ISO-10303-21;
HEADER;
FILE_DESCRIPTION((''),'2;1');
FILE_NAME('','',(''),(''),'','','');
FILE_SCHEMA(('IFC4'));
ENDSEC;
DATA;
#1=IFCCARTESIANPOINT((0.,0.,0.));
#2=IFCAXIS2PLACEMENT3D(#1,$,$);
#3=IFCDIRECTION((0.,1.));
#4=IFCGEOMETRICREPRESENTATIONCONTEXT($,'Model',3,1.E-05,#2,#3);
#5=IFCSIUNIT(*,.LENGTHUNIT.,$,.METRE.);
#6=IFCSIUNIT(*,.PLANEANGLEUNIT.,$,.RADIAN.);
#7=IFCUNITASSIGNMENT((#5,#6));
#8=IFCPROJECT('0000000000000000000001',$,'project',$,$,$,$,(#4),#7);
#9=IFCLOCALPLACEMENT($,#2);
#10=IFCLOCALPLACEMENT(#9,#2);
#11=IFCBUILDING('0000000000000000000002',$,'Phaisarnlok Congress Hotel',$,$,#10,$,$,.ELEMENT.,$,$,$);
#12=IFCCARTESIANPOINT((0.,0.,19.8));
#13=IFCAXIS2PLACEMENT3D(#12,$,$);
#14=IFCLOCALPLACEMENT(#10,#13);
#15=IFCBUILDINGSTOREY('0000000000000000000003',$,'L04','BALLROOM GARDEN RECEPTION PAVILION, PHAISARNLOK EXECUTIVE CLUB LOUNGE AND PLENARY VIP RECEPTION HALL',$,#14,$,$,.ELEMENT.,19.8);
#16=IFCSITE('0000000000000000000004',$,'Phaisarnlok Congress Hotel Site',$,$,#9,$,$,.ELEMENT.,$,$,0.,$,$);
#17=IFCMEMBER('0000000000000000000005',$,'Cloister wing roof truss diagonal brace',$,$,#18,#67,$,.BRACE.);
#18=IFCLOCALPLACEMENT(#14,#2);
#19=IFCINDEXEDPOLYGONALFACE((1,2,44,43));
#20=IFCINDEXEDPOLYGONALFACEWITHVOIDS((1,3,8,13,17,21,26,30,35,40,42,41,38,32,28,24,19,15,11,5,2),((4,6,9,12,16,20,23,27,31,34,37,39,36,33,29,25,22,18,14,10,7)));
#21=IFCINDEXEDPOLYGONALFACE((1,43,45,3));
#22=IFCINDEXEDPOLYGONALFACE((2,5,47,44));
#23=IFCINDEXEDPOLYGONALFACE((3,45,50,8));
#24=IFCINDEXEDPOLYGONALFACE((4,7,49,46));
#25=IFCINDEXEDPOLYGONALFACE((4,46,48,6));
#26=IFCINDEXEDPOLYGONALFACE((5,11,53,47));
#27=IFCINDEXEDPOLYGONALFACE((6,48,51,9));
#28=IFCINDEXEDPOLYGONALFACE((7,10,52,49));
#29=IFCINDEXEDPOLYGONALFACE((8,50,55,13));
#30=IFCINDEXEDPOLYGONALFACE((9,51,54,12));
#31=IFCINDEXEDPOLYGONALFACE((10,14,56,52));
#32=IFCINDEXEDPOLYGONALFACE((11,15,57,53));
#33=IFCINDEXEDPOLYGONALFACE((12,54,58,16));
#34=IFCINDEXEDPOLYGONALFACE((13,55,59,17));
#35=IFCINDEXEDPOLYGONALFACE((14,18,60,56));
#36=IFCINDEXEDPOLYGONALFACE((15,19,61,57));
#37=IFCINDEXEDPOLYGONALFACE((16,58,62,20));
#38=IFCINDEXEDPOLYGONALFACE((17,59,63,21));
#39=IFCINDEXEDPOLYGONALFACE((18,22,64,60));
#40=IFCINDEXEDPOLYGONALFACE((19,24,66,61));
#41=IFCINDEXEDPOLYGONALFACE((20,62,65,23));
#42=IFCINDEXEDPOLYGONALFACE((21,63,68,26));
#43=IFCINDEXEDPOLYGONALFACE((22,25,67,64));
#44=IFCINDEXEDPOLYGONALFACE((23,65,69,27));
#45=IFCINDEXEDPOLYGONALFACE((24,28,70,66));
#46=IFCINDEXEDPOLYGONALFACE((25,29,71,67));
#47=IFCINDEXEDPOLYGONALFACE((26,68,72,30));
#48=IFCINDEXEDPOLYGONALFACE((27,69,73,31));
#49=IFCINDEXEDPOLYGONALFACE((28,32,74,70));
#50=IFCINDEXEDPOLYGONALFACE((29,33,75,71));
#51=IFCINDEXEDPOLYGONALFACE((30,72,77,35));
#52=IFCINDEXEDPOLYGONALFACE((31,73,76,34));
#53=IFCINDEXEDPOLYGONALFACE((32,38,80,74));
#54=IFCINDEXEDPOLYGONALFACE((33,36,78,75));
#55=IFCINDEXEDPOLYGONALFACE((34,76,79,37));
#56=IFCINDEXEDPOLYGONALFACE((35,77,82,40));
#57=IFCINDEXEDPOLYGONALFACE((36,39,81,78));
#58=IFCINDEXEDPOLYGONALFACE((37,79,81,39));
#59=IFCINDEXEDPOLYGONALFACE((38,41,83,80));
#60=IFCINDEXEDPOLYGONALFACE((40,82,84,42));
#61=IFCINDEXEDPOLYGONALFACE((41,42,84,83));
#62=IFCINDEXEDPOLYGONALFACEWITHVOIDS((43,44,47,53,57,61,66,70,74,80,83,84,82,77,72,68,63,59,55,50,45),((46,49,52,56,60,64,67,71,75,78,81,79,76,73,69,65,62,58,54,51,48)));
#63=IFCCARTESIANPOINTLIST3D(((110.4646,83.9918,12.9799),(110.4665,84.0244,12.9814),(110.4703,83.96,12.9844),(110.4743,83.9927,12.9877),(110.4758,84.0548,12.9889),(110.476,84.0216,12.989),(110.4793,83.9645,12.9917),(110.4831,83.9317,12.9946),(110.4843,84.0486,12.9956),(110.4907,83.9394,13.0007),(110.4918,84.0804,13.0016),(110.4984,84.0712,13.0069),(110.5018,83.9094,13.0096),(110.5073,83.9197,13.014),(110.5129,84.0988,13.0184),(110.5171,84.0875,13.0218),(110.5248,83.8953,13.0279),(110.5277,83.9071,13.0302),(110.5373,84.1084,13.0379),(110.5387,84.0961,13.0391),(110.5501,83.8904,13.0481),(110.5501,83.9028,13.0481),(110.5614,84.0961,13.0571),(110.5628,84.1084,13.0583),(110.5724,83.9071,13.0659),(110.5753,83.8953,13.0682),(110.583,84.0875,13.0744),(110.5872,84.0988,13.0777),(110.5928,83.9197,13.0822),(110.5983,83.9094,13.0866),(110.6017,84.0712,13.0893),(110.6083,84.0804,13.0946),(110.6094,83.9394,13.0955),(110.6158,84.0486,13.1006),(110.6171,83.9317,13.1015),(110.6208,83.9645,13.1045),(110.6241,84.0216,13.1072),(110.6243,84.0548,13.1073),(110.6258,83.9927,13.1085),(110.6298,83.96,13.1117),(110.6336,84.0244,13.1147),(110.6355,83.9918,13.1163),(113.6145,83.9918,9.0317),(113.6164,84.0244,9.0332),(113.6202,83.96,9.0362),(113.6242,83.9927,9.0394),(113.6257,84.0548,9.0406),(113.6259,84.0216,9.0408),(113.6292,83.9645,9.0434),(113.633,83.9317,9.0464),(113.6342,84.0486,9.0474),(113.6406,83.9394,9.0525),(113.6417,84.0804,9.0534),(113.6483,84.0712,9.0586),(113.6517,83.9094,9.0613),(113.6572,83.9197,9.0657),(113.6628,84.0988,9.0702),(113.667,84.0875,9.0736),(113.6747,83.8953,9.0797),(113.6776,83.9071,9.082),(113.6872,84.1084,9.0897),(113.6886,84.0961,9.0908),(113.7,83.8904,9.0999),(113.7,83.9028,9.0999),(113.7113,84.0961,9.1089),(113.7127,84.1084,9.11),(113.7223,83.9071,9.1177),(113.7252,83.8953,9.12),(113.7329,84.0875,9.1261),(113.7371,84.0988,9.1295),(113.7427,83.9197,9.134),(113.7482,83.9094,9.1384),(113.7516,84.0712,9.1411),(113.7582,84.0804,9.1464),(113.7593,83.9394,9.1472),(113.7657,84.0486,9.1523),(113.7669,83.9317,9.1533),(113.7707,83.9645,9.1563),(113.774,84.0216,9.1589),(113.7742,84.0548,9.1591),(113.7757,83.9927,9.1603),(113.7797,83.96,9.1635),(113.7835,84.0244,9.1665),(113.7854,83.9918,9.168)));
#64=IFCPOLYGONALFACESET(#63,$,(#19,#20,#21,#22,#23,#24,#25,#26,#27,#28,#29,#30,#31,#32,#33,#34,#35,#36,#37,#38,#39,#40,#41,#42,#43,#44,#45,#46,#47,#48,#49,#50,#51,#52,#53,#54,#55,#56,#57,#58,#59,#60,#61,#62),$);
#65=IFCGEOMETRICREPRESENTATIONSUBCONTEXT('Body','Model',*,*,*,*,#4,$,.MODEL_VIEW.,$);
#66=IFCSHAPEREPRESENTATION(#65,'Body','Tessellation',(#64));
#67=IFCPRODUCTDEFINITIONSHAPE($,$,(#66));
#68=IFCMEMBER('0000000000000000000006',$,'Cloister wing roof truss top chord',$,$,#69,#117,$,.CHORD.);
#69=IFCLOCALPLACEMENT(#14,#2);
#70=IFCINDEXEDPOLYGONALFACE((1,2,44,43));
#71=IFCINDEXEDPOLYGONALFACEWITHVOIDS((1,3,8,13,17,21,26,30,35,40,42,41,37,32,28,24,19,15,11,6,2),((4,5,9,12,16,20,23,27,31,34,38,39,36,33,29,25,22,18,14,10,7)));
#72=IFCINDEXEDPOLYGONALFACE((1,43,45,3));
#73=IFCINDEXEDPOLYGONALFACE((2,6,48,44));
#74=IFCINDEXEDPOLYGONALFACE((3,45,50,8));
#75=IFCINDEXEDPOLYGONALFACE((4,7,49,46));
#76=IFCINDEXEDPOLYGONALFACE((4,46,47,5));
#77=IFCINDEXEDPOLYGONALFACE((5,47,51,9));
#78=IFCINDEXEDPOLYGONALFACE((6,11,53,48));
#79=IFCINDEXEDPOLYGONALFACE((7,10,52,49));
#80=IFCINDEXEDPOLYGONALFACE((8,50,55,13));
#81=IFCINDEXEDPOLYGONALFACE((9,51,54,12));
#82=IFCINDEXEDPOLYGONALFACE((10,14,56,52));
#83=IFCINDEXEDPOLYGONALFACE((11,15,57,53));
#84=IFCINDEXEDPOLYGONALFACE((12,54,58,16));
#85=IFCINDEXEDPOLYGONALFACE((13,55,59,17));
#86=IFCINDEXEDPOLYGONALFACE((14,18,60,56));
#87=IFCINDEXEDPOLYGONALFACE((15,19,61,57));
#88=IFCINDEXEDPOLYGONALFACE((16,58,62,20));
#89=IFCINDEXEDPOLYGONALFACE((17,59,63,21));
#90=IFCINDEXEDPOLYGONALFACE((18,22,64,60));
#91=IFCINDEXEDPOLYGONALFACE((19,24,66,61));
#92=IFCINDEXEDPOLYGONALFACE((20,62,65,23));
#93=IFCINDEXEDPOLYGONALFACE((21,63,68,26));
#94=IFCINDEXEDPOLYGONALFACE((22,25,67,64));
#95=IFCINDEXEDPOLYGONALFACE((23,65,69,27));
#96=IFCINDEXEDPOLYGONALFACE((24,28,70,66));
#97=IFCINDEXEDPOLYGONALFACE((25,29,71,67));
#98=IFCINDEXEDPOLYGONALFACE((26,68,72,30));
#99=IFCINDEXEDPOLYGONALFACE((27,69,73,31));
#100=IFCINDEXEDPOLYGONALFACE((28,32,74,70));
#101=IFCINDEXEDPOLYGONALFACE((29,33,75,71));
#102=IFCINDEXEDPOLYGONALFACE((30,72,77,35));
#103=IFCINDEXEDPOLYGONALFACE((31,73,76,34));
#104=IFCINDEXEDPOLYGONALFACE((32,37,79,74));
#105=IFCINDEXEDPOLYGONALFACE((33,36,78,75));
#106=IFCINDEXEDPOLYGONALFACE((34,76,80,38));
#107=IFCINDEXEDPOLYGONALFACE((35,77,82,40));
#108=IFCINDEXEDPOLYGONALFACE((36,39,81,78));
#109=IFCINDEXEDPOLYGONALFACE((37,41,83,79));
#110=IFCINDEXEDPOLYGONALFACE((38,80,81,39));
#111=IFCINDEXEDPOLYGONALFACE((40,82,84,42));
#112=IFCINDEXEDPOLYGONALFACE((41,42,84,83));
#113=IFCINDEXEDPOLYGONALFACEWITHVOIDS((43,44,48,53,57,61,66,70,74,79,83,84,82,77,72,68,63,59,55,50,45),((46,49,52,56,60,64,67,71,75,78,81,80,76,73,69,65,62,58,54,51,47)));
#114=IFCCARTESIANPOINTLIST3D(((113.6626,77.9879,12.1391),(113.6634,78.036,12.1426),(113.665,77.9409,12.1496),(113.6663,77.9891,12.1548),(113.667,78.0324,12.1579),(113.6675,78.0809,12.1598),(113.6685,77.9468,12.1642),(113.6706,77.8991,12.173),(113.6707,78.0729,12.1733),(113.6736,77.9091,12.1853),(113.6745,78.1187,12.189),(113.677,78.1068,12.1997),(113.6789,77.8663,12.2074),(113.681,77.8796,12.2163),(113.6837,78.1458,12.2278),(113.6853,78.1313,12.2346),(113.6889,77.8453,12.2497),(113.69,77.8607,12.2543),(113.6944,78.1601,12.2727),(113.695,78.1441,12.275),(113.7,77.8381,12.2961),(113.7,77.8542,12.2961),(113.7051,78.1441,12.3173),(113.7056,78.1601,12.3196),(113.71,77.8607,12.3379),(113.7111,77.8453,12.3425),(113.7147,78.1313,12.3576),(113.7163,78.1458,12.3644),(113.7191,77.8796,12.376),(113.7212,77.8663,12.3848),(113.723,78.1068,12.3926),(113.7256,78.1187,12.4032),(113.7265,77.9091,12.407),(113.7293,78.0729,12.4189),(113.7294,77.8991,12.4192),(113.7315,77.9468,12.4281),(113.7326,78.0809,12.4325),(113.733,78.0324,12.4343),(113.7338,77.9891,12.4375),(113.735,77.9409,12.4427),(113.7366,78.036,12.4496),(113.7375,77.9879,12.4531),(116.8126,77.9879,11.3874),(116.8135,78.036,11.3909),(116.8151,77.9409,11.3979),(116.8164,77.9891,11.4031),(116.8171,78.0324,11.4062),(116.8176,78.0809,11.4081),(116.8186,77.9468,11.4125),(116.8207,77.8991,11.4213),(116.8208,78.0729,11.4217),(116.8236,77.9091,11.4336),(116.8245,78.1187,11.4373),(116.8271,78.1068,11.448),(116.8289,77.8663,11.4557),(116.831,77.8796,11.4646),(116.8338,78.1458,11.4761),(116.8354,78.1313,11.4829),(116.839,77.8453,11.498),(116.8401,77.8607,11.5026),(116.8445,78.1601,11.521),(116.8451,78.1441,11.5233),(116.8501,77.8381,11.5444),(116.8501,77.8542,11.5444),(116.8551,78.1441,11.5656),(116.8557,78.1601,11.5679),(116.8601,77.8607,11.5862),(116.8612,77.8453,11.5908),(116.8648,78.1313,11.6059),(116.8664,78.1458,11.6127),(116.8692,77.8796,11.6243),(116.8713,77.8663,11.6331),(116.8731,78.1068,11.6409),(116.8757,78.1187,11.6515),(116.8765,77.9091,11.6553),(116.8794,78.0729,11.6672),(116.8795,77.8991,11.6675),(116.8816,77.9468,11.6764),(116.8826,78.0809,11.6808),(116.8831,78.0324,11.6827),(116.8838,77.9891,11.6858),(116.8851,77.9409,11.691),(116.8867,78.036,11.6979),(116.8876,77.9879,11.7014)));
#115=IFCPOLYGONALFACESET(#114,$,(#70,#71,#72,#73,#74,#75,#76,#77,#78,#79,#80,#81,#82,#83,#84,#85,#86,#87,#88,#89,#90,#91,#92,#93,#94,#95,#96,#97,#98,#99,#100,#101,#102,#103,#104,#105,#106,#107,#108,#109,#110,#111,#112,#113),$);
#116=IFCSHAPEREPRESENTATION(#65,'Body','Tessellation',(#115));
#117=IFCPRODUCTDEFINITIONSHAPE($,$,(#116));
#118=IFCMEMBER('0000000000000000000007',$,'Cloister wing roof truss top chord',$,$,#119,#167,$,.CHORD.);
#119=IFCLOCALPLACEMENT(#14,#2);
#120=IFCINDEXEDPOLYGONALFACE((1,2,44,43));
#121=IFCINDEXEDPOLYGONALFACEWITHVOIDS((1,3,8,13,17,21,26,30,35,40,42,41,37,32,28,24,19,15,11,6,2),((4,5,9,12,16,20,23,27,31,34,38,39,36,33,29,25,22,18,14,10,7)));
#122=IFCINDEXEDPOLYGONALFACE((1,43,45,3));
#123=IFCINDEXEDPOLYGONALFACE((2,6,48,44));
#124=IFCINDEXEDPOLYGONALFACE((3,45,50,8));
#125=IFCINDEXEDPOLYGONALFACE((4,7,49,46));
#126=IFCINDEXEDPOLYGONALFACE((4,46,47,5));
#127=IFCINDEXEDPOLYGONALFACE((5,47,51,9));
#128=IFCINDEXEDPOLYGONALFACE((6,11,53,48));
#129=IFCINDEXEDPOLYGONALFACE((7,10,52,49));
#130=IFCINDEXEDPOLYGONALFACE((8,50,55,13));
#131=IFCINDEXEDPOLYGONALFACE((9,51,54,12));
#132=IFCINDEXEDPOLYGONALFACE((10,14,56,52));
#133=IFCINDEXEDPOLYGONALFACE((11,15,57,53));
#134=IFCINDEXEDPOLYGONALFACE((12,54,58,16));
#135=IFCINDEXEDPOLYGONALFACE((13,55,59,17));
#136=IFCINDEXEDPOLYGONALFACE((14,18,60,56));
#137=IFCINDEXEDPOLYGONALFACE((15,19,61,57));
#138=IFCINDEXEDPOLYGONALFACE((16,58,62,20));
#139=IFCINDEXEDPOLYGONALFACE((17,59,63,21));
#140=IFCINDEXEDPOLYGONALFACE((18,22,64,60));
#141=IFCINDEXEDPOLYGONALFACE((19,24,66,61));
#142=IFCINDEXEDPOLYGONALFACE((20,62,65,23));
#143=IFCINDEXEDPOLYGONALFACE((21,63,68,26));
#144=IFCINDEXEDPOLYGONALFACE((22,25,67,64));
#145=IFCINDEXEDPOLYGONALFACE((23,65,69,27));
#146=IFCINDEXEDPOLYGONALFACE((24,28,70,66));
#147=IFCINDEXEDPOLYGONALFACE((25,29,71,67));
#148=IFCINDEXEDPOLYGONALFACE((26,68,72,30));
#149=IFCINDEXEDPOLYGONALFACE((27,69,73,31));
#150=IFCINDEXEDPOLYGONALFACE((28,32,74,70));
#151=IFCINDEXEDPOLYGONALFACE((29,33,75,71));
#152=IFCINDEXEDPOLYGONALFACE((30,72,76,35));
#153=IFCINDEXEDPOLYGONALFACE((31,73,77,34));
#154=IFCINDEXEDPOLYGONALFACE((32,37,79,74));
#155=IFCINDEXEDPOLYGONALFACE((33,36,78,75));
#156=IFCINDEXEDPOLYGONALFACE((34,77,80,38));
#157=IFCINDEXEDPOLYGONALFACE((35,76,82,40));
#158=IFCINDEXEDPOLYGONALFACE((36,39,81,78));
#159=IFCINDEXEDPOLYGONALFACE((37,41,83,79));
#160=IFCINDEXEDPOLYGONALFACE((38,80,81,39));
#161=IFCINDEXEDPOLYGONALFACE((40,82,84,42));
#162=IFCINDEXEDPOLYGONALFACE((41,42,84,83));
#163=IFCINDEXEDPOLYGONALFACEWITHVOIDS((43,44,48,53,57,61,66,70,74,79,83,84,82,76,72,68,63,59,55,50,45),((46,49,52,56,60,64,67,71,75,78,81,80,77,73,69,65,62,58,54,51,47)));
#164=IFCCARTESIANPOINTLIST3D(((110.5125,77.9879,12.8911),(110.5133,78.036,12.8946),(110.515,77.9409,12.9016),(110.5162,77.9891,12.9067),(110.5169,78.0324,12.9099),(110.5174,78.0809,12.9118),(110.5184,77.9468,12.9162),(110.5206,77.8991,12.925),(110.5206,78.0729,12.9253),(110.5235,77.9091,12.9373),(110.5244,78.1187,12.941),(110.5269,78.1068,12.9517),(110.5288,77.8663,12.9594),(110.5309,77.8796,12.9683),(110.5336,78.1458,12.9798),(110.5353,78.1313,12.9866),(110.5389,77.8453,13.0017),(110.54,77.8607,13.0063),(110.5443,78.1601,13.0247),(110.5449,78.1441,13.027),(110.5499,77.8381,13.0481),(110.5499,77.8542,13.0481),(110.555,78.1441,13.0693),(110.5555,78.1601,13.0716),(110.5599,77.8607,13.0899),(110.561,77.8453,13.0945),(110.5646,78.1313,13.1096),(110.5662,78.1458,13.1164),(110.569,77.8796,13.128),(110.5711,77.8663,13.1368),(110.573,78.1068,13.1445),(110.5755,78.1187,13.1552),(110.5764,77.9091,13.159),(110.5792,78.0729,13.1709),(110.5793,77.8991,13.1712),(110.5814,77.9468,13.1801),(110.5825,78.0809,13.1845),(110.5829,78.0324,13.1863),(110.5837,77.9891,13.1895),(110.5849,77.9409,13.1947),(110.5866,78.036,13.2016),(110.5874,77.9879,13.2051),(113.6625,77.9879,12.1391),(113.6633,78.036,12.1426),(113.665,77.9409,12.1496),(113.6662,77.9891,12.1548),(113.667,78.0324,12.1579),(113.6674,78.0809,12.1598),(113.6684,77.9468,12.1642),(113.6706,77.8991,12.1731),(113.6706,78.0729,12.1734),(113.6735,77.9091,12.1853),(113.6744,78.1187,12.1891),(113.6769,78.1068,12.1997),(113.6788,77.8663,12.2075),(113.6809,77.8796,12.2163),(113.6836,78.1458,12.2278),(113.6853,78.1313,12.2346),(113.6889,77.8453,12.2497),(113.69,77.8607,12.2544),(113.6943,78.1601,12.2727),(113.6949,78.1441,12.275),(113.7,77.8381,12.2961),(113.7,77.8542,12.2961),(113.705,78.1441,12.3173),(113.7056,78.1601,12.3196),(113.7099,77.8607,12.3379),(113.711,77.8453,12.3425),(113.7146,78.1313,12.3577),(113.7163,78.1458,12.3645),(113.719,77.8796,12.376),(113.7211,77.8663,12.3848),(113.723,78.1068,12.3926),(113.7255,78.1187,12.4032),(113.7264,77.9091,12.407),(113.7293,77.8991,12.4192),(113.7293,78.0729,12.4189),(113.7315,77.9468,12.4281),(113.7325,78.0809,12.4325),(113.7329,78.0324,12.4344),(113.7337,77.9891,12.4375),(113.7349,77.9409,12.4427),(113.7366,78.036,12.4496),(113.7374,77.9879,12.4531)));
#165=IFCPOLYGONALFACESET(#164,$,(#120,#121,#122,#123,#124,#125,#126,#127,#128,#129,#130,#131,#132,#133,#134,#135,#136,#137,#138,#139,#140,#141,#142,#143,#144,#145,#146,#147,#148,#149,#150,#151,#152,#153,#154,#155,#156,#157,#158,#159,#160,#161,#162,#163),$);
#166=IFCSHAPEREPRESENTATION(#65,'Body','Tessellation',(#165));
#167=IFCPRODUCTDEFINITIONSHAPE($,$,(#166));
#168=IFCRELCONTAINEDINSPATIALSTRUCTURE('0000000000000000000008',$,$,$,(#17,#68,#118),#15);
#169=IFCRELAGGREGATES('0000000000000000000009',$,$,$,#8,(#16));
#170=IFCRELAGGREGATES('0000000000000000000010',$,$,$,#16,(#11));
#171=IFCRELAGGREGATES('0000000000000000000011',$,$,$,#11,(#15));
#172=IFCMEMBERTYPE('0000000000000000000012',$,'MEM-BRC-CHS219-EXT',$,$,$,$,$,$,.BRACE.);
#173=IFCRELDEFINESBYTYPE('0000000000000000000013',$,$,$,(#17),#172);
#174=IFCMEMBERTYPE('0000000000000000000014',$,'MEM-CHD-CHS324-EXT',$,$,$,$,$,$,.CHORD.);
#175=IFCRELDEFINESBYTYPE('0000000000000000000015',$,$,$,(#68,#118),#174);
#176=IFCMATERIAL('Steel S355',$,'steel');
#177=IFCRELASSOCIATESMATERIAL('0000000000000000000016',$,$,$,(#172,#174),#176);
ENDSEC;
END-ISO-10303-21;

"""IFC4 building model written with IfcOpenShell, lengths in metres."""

from ifc_helpers import new_model, si_unit, direction, frame, origin, origin_2d, place, context, subcontext, project, spatial, hollow_circle, extrude, material, material_profile, profile_set, type_object, element, save


model = new_model("IFC4")

# Units and contexts
model_context = context("Model", 3, precision=1e-05, world=origin(), true_north=direction((0.0, 1.0)))
body_context = subcontext(model_context, "Body", "Model", "MODEL_VIEW")
ifc_project = project(units=[si_unit("LENGTHUNIT", "METRE"), si_unit("PLANEANGLEUNIT", "RADIAN")], contexts=[model_context])

# Site, building, storey
site_placement = place(None, origin())
site = spatial("IfcSite", under=ifc_project, at=site_placement, Name="Phaisarnlok Congress Hotel Site", CompositionType="ELEMENT", RefElevation=0.0)
building_placement = place(site_placement, origin())
building = spatial("IfcBuilding", under=site, at=building_placement, Name="Phaisarnlok Congress Hotel", CompositionType="ELEMENT")
storey_placement = place(building_placement, frame((0.0, 0.0, 19.8)))
storey = spatial("IfcBuildingStorey", under=building, at=storey_placement, Name="L04", Description="BALLROOM GARDEN RECEPTION PAVILION, PHAISARNLOK EXECUTIVE CLUB LOUNGE AND PLENARY VIP RECEPTION HALL", CompositionType="ELEMENT", Elevation=19.8)

# Shared definitions
ifc_material_1 = material(Name="Steel S355", Category="steel")

# Members
ifc_material_profile_1 = material_profile(ifc_material_1, hollow_circle(Radius=0.1096, WallThickness=0.0125, at=origin_2d()), Name="CHS 219.1x12.5")
ifc_profile_set_1 = profile_set([ifc_material_profile_1], Name="Steel S355")
member_type_1 = type_object("IfcMemberType", Name="MEM-BRC-CHS219-EXT", PredefinedType="BRACE", material=ifc_profile_set_1)
member_1_placement = place(storey_placement, frame((113.7, 84.0, 9.0999), z_axis=(-0.623645, 0.0, 0.781708), x_axis=(0.0, -1.0, 0.0)))
element("IfcMember", 1, at=member_1_placement, inside=storey, type_object=member_type_1, Name="Cloister wing roof truss diagonal brace", PredefinedType="BRACE", context=body_context, shape_type="SweptSolid", body=[
    extrude(hollow_circle(Radius=0.1096, WallThickness=0.0125, at=origin_2d()), origin(), (0.0, 0.0, 1.0), 5.0508),
])
ifc_material_profile_2 = material_profile(ifc_material_1, hollow_circle(Radius=0.1619, WallThickness=0.0161, at=origin_2d()), Name="CHS 323.9x16")
ifc_profile_set_2 = profile_set([ifc_material_profile_2], Name="Steel S355")
member_type_2 = type_object("IfcMemberType", Name="MEM-CHD-CHS324-EXT", PredefinedType="CHORD", material=ifc_profile_set_2)
for number, where, z_axis, x_axis, name in (
    (2, (116.8501, 78.0, 11.5444), (-0.97269, 0.0, 0.23211), (0.0, -1.0, 0.0), "Cloister wing roof truss top chord"),
    (3, (113.7, 78.0, 12.2961), (-0.972669, 0.0, 0.232198), (0.0, -1.0, 0.0), "Cloister wing roof truss top chord"),
):
    element("IfcMember", number, at=place(storey_placement, frame(where, z_axis=z_axis, x_axis=x_axis)), inside=storey, type_object=member_type_2, Name=name, PredefinedType="CHORD", context=body_context, shape_type="SweptSolid", body=[
        extrude(hollow_circle(Radius=0.1619, WallThickness=0.0161, at=origin_2d()), origin(), (0.0, 0.0, 1.0), 3.2385),
    ])

save(model, "model.ifc")
